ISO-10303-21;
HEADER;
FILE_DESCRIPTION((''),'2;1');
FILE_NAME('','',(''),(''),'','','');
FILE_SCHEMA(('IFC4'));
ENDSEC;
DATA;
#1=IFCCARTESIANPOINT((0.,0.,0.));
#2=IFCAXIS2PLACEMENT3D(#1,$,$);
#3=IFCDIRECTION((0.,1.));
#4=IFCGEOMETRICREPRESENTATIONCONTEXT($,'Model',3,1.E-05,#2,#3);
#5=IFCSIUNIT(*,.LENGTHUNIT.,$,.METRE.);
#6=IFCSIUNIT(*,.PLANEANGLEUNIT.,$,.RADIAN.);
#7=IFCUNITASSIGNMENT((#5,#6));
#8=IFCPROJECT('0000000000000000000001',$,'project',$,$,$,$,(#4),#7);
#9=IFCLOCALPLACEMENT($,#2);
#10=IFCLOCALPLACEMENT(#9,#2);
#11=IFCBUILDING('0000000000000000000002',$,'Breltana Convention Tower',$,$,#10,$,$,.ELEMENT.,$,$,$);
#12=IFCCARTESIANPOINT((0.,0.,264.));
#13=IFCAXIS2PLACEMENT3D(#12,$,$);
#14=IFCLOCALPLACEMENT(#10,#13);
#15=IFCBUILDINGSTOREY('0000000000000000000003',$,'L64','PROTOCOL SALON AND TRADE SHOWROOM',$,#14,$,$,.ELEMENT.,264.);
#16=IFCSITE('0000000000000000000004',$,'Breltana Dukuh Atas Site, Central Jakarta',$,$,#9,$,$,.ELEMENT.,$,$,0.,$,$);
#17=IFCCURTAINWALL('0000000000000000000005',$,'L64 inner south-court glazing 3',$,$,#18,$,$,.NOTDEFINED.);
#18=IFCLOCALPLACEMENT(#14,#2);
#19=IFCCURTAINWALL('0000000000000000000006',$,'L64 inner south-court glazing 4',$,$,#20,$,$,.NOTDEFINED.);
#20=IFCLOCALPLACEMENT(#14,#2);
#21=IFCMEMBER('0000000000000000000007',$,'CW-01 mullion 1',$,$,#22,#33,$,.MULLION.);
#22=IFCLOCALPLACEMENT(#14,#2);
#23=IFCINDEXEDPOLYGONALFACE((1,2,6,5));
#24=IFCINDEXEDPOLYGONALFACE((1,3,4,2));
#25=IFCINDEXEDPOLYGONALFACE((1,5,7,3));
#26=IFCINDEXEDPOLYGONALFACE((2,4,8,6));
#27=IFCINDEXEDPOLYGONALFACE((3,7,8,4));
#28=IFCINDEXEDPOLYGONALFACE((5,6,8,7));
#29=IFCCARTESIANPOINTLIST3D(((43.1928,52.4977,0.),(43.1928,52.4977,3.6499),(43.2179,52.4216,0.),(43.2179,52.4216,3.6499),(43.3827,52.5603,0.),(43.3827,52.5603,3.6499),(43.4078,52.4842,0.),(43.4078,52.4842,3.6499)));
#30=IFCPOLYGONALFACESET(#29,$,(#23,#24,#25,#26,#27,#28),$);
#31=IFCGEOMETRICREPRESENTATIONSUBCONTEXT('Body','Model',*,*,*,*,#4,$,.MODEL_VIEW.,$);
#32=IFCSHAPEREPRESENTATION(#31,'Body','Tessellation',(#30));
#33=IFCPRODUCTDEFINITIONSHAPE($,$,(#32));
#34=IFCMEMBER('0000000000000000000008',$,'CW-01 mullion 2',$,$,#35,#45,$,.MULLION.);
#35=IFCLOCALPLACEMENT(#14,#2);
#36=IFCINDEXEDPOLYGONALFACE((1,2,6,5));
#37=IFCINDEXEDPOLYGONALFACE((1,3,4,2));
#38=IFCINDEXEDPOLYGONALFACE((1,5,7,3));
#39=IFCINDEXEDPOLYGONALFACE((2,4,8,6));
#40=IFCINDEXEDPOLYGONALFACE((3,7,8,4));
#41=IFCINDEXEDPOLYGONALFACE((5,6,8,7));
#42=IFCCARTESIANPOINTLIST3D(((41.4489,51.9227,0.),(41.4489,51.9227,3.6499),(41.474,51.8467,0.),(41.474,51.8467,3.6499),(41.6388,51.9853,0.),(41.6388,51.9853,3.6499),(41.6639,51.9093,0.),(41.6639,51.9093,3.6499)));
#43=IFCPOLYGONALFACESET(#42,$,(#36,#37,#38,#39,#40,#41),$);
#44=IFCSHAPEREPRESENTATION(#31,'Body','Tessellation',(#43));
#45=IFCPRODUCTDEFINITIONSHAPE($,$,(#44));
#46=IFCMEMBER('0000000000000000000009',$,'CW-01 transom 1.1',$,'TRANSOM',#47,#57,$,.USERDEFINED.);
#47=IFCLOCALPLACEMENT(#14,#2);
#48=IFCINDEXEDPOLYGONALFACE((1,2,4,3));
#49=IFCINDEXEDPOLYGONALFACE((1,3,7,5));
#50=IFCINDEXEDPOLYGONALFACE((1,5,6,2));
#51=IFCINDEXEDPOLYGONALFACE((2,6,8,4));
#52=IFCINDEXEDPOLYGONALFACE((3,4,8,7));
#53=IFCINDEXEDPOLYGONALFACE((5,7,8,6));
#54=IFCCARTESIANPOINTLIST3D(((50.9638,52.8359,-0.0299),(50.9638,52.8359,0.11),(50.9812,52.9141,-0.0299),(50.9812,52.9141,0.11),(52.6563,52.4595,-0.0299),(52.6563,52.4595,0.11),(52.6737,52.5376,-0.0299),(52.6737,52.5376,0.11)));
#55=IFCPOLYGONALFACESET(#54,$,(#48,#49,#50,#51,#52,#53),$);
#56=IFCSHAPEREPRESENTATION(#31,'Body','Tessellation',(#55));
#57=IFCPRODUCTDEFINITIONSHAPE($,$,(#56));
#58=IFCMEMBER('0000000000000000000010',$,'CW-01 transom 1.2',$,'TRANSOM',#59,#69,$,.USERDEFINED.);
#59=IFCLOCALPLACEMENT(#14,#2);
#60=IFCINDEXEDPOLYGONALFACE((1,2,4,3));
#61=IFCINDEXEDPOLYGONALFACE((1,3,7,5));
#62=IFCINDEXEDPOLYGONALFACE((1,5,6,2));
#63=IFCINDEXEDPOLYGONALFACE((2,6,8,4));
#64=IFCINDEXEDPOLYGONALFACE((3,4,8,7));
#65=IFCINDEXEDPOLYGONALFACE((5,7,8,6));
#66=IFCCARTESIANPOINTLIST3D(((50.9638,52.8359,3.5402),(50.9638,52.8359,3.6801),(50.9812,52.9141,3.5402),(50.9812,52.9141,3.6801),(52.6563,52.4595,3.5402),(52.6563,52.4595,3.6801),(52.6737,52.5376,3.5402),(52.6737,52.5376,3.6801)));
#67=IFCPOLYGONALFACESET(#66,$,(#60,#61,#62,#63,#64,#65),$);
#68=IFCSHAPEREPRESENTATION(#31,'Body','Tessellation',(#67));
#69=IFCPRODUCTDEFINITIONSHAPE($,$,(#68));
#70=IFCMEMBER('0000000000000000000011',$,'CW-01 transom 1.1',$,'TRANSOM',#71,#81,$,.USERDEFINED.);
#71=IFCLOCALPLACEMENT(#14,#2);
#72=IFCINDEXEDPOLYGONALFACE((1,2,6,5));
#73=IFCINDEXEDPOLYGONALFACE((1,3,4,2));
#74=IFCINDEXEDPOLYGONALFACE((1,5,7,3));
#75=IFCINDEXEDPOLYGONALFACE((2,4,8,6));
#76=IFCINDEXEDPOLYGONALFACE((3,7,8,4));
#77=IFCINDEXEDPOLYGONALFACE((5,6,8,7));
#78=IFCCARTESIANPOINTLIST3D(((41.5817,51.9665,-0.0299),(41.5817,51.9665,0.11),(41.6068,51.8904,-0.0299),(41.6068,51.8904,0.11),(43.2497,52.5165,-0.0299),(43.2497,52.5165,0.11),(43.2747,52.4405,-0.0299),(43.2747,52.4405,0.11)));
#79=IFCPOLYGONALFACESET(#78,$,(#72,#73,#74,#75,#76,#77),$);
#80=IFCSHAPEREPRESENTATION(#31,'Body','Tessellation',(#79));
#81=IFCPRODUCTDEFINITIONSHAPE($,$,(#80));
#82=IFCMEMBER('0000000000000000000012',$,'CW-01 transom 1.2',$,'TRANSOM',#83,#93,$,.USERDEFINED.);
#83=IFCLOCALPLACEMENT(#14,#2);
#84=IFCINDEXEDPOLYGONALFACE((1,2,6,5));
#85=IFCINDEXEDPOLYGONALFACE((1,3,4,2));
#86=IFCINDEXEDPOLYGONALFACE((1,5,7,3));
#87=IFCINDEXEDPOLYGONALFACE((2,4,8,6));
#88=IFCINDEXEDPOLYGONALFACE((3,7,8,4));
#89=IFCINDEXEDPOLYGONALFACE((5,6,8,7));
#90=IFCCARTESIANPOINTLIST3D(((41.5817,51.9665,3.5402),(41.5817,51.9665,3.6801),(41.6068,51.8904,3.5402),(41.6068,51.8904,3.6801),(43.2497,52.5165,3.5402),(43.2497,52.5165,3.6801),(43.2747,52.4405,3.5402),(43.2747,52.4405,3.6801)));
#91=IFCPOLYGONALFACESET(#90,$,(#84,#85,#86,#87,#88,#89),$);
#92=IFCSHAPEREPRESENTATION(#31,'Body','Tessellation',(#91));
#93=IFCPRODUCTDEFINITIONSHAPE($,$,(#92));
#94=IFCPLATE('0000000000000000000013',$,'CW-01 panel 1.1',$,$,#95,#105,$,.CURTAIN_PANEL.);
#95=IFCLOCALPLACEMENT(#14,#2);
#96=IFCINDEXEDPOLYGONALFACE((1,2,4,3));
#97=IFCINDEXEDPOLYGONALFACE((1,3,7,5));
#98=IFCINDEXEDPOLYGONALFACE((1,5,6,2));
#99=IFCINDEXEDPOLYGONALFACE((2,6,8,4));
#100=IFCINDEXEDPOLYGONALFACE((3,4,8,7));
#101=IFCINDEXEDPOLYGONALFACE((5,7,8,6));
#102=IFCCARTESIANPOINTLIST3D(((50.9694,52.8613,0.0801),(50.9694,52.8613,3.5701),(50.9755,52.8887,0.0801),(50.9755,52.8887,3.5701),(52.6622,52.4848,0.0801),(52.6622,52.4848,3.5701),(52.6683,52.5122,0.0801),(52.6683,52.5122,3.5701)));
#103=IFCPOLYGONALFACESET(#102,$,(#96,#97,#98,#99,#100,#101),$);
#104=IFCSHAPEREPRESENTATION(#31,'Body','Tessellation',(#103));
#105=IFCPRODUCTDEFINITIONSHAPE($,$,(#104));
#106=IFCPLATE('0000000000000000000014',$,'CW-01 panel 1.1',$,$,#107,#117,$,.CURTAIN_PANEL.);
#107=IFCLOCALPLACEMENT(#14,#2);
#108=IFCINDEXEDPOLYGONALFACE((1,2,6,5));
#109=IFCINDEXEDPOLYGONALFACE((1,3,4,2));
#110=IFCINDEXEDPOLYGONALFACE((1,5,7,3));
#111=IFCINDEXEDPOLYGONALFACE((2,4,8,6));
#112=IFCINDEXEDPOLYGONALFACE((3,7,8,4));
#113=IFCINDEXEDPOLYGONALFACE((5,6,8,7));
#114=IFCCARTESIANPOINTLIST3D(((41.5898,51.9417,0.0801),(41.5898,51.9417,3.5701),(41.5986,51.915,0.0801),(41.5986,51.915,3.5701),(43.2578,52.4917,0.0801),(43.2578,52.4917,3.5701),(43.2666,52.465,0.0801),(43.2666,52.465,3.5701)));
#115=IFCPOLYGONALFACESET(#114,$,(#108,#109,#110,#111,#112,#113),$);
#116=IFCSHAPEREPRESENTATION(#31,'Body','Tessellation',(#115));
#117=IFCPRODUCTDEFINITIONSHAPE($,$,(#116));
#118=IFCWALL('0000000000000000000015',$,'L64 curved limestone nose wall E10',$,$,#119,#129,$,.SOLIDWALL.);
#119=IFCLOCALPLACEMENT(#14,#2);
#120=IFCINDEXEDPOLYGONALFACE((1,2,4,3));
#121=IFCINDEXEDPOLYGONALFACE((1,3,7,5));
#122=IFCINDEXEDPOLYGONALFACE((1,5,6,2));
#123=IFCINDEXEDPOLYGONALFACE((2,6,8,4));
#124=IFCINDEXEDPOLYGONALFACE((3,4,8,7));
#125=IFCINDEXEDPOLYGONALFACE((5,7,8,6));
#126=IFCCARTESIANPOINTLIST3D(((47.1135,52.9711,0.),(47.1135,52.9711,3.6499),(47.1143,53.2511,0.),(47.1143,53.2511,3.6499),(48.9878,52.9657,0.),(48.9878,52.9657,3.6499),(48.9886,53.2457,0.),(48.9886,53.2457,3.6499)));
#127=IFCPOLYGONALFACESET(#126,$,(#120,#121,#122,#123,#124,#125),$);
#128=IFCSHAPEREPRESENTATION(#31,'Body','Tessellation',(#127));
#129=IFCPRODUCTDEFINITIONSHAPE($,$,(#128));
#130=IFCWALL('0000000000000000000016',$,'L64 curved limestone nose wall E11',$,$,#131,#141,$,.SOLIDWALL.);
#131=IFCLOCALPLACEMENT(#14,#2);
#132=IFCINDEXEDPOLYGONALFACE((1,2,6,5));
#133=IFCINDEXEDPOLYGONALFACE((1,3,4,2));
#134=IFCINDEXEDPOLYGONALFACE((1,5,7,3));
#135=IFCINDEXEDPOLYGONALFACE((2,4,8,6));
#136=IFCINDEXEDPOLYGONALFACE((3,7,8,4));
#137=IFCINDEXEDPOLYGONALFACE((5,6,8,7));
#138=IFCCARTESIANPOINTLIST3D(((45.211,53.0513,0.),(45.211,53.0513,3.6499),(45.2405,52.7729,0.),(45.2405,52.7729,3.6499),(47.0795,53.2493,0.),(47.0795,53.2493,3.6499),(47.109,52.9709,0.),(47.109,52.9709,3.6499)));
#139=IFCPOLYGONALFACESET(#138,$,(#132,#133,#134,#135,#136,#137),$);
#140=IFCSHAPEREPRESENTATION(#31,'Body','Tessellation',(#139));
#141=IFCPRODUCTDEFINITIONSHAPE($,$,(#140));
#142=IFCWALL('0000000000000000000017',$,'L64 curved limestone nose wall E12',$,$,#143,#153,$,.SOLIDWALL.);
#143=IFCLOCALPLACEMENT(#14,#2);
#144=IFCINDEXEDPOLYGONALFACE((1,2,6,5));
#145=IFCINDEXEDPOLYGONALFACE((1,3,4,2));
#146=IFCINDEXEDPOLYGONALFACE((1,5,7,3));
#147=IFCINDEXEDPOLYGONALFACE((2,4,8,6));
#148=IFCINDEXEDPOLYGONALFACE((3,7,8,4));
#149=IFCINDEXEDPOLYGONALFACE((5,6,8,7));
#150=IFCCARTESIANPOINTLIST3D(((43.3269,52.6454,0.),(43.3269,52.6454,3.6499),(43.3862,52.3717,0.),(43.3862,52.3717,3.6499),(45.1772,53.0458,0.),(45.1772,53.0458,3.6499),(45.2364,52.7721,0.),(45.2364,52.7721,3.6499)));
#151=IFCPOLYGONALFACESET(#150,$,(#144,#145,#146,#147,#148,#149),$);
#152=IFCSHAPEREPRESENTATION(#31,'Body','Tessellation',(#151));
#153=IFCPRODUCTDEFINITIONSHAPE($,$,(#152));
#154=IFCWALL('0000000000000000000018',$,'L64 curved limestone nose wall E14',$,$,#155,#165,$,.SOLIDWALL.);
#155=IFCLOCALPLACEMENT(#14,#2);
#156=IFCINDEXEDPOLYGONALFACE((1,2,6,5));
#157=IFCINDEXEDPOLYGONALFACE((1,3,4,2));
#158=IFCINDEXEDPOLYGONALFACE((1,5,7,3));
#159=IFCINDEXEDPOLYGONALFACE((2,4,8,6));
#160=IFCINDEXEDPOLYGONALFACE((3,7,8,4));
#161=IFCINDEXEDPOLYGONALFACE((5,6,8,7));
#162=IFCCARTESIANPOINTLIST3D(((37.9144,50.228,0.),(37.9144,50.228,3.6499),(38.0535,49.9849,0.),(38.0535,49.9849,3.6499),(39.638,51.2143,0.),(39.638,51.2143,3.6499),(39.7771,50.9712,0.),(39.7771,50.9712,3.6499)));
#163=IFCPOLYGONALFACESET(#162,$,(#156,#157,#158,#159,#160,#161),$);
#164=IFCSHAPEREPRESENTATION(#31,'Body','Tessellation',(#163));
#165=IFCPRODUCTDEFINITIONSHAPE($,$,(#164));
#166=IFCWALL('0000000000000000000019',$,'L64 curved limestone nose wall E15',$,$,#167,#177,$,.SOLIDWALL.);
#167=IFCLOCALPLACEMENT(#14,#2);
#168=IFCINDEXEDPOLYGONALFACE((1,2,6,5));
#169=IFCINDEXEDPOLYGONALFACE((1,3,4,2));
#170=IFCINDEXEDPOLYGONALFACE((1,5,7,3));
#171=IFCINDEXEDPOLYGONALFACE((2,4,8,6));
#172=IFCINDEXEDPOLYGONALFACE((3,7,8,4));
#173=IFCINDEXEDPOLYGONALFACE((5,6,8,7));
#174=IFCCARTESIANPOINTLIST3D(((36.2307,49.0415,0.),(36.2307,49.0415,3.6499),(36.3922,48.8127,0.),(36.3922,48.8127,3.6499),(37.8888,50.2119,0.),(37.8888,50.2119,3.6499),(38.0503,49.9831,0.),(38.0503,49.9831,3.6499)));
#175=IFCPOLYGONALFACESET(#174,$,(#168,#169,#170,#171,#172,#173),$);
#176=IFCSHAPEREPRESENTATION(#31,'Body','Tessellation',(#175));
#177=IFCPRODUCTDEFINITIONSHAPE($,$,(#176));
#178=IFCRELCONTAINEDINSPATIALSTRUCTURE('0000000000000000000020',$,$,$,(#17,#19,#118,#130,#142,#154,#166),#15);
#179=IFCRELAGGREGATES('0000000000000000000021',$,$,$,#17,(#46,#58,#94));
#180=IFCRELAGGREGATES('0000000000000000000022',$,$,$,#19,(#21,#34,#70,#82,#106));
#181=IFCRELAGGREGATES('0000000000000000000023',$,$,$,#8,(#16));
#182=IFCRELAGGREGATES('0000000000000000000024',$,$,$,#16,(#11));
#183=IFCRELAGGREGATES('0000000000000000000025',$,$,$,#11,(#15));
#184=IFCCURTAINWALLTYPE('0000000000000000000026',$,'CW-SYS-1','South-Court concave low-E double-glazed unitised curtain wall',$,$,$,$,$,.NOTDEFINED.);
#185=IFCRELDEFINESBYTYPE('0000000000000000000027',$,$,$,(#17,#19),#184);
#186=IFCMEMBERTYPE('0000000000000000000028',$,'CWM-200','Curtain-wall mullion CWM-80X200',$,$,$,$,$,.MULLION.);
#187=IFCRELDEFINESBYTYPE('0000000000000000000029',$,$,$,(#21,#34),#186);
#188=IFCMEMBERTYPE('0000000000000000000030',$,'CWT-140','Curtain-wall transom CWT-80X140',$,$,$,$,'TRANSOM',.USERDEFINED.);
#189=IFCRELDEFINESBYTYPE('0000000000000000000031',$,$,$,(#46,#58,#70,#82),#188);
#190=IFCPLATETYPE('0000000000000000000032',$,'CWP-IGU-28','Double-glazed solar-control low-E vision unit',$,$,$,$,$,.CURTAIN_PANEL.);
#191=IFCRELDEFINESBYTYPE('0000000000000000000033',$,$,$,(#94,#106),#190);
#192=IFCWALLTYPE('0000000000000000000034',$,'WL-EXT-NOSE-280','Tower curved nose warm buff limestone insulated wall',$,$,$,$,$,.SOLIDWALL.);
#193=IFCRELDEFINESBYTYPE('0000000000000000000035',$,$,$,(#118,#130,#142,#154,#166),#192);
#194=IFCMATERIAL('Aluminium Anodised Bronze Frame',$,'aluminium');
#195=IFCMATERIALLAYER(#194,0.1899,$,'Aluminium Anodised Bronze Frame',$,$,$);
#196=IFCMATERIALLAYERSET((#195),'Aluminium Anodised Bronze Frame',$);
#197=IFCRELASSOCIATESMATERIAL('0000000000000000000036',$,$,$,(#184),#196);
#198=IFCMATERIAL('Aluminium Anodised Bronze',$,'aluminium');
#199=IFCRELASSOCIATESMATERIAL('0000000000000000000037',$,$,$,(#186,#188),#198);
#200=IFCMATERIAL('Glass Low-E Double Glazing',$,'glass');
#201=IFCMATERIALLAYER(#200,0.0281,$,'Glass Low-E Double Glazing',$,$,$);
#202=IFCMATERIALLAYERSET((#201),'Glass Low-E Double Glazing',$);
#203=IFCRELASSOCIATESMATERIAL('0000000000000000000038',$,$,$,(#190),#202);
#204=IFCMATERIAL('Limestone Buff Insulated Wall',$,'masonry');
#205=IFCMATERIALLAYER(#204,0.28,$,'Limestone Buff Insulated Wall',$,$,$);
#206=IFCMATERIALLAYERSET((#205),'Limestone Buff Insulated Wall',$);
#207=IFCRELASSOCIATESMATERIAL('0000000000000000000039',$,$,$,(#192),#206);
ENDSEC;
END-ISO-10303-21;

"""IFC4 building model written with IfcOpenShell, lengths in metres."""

from ifc_helpers import new_model, si_unit, direction, frame, frame_2d, origin, origin_2d, place, context, subcontext, project, spatial, rectangle, extrude, source, transform, mapped, material, layer, layer_set, material_profile, profile_set, type_object, element, aggregate, save


model = new_model("IFC4")

# Units and contexts
model_context = context("Model", 3, precision=1e-05, world=origin(), true_north=direction((0.0, 1.0)))
body_context = subcontext(model_context, "Body", "Model", "MODEL_VIEW")
ifc_project = project(units=[si_unit("LENGTHUNIT", "METRE"), si_unit("PLANEANGLEUNIT", "RADIAN")], contexts=[model_context])

# Site, building, storey
site_placement = place(None, origin())
site = spatial("IfcSite", under=ifc_project, at=site_placement, Name="Breltana Dukuh Atas Site, Central Jakarta", CompositionType="ELEMENT", RefElevation=0.0)
building_placement = place(site_placement, origin())
building = spatial("IfcBuilding", under=site, at=building_placement, Name="Breltana Convention Tower", CompositionType="ELEMENT")
storey_placement = place(building_placement, frame((0.0, 0.0, 264.0)))
storey = spatial("IfcBuildingStorey", under=building, at=storey_placement, Name="L64", Description="PROTOCOL SALON AND TRADE SHOWROOM", CompositionType="ELEMENT", Elevation=264.0)

# Curtain walls, members
ifc_material_1 = material(Name="Aluminium Anodised Bronze Frame", Category="aluminium")
ifc_layer_1 = layer(ifc_material_1, 0.1899, Name="Aluminium Anodised Bronze Frame")
ifc_layer_set_1 = layer_set([ifc_layer_1], Name="Aluminium Anodised Bronze Frame")
curtain_wall_type = type_object("IfcCurtainWallType", Name="CW-SYS-1", Description="South-Court concave low-E double-glazed unitised curtain wall", PredefinedType="NOTDEFINED", material=ifc_layer_set_1)
curtain_wall_1_placement = place(storey_placement, origin())
curtain_wall_1 = element("IfcCurtainWall", 1, at=curtain_wall_1_placement, inside=storey, type_object=curtain_wall_type, Name="L64 inner south-court glazing 3", PredefinedType="NOTDEFINED")
ifc_material_2 = material(Name="Aluminium Anodised Bronze", Category="aluminium")
ifc_material_profile_1 = material_profile(ifc_material_2, rectangle(XDim=0.0801, YDim=0.2, at=origin_2d()), Name="CWM-80X200")
ifc_profile_set_1 = profile_set([ifc_material_profile_1], Name="Aluminium Anodised Bronze")
member_type_1 = type_object("IfcMemberType", Name="CWM-200", Description="Curtain-wall mullion CWM-80X200", PredefinedType="MULLION", material=ifc_profile_set_1)
shared_shape_1 = source(origin(), body_context, "Body", "SweptSolid", [
    extrude(rectangle(XDim=0.0801, YDim=0.2, at=origin_2d()), origin(), (0.0, 0.0, 1.0), 3.6499),
])
curtain_wall_2_placement = place(storey_placement, origin())
curtain_wall_2 = element("IfcCurtainWall", 2, at=curtain_wall_2_placement, inside=storey, type_object=curtain_wall_type, Name="L64 inner south-court glazing 4", PredefinedType="NOTDEFINED")
member_1_placement = place(storey_placement, frame((43.3003, 52.491, 0.0), z_axis=(0.0, 0.0, 1.0), x_axis=(0.313158, -0.949701, 0.0)))
member_1 = element("IfcMember", 3, at=member_1_placement, type_object=member_type_1, Name="CW-01 mullion 1", PredefinedType="MULLION", context=body_context, shape_type="MappedRepresentation", body=[
    mapped(shared_shape_1, transform((0.0, 0.0, 0.0), scale=1.0)),
])
member_2_placement = place(storey_placement, frame((41.5564, 51.916, 0.0), z_axis=(0.0, 0.0, 1.0), x_axis=(0.313158, -0.949701, 0.0)))
member_2 = element("IfcMember", 4, at=member_2_placement, type_object=member_type_1, Name="CW-01 mullion 2", PredefinedType="MULLION", context=body_context, shape_type="MappedRepresentation", body=[
    mapped(shared_shape_1, transform((0.0, 0.0, 0.0), scale=1.0)),
])

# Members
ifc_material_profile_2 = material_profile(ifc_material_2, rectangle(XDim=0.0801, YDim=0.1399, at=origin_2d()), Name="CWT-80X140")
ifc_profile_set_2 = profile_set([ifc_material_profile_2], Name="Aluminium Anodised Bronze")
member_type_2 = type_object("IfcMemberType", Name="CWT-140", Description="Curtain-wall transom CWT-80X140", ElementType="TRANSOM", PredefinedType="USERDEFINED", material=ifc_profile_set_2)
shared_shape_2 = source(origin(), body_context, "Body", "SweptSolid", [
    extrude(rectangle(XDim=0.0801, YDim=0.1399, at=origin_2d()), origin(), (0.0, 0.0, 1.0), 1.7339),
])
member_3_placement = place(storey_placement, frame((52.665, 52.4985, 0.04), z_axis=(-0.976147, 0.217109, 0.0), x_axis=(-0.217109, -0.976147, 0.0)))
member_3 = element("IfcMember", 5, at=member_3_placement, type_object=member_type_2, Name="CW-01 transom 1.1", ObjectType="TRANSOM", PredefinedType="USERDEFINED", context=body_context, shape_type="MappedRepresentation", body=[
    mapped(shared_shape_2, transform((0.0, 0.0, 0.0), scale=1.0)),
])
member_4_placement = place(storey_placement, frame((52.665, 52.4985, 3.6101), z_axis=(-0.976147, 0.217109, 0.0), x_axis=(-0.217109, -0.976147, 0.0)))
member_4 = element("IfcMember", 6, at=member_4_placement, type_object=member_type_2, Name="CW-01 transom 1.2", ObjectType="TRANSOM", PredefinedType="USERDEFINED", context=body_context, shape_type="MappedRepresentation", body=[
    mapped(shared_shape_2, transform((0.0, 0.0, 0.0), scale=1.0)),
])
shared_shape_3 = source(origin(), body_context, "Body", "SweptSolid", [
    extrude(rectangle(XDim=0.0801, YDim=0.1399, at=origin_2d()), origin(), (0.0, 0.0, 1.0), 1.7563),
])
member_5_placement = place(storey_placement, frame((43.2622, 52.4785, 0.04), z_axis=(-0.949693, -0.313182, 0.0), x_axis=(0.313182, -0.949693, 0.0)))
member_5 = element("IfcMember", 7, at=member_5_placement, type_object=member_type_2, Name="CW-01 transom 1.1", ObjectType="TRANSOM", PredefinedType="USERDEFINED", context=body_context, shape_type="MappedRepresentation", body=[
    mapped(shared_shape_3, transform((0.0, 0.0, 0.0), scale=1.0)),
])
member_6_placement = place(storey_placement, frame((43.2622, 52.4785, 3.6101), z_axis=(-0.949693, -0.313182, 0.0), x_axis=(0.313182, -0.949693, 0.0)))
member_6 = element("IfcMember", 8, at=member_6_placement, type_object=member_type_2, Name="CW-01 transom 1.2", ObjectType="TRANSOM", PredefinedType="USERDEFINED", context=body_context, shape_type="MappedRepresentation", body=[
    mapped(shared_shape_3, transform((0.0, 0.0, 0.0), scale=1.0)),
])

# Plates
ifc_material_3 = material(Name="Glass Low-E Double Glazing", Category="glass")
ifc_layer_2 = layer(ifc_material_3, 0.0281, Name="Glass Low-E Double Glazing")
ifc_layer_set_2 = layer_set([ifc_layer_2], Name="Glass Low-E Double Glazing")
plate_type = type_object("IfcPlateType", Name="CWP-IGU-28", Description="Double-glazed solar-control low-E vision unit", PredefinedType="CURTAIN_PANEL", material=ifc_layer_set_2)
shared_shape_4 = source(origin(), body_context, "Body", "SweptSolid", [
    extrude(rectangle(XDim=1.7341, YDim=0.0281, at=origin_2d()), origin(), (0.0, 0.0, 1.0), 3.49),
])
plate_1_placement = place(storey_placement, frame((51.8188, 52.6868, 0.0801), z_axis=(0.0, 0.0, 1.0), x_axis=(-0.97615, 0.217098, 0.0)))
plate_1 = element("IfcPlate", 9, at=plate_1_placement, type_object=plate_type, Name="CW-01 panel 1.1", PredefinedType="CURTAIN_PANEL", context=body_context, shape_type="MappedRepresentation", body=[
    mapped(shared_shape_4, transform((0.0, 0.0, 0.0), scale=1.0)),
])
aggregate(curtain_wall_1, [member_3, member_4, plate_1])
shared_shape_5 = source(origin(), body_context, "Body", "SweptSolid", [
    extrude(rectangle(XDim=1.7563, YDim=0.0281, at=origin_2d()), origin(), (0.0, 0.0, 1.0), 3.49),
])
plate_2_placement = place(storey_placement, frame((42.4282, 52.2034, 0.0801), z_axis=(0.0, 0.0, 1.0), x_axis=(-0.949701, -0.313158, 0.0)))
plate_2 = element("IfcPlate", 10, at=plate_2_placement, type_object=plate_type, Name="CW-01 panel 1.1", PredefinedType="CURTAIN_PANEL", context=body_context, shape_type="MappedRepresentation", body=[
    mapped(shared_shape_5, transform((0.0, 0.0, 0.0), scale=1.0)),
])
aggregate(curtain_wall_2, [member_1, member_2, member_5, member_6, plate_2])

# Walls
ifc_material_4 = material(Name="Limestone Buff Insulated Wall", Category="masonry")
ifc_layer_3 = layer(ifc_material_4, 0.28, Name="Limestone Buff Insulated Wall")
ifc_layer_set_3 = layer_set([ifc_layer_3], Name="Limestone Buff Insulated Wall")
wall_type_1 = type_object("IfcWallType", Name="WL-EXT-NOSE-280", Description="Tower curved nose warm buff limestone insulated wall", PredefinedType="SOLIDWALL", material=ifc_layer_set_3)
shared_shape_6 = source(origin(), body_context, "Body", "SweptSolid", [
    extrude(rectangle(XDim=1.8743, YDim=0.28, at=frame_2d((0.937, 0.0))), origin(), (0.0, 0.0, 1.0), 3.6499),
])
wall_1_placement = place(storey_placement, frame((48.988, 53.1057, 0.0), z_axis=(0.0, 0.0, 1.0), x_axis=(-0.999996, 0.002866, 0.0)))
element("IfcWall", 11, at=wall_1_placement, inside=storey, type_object=wall_type_1, Name="L64 curved limestone nose wall E10", PredefinedType="SOLIDWALL", context=body_context, shape_type="MappedRepresentation", body=[
    mapped(shared_shape_6, transform((0.0, 0.0, 0.0), scale=1.0)),
])
shared_shape_7 = source(origin(), body_context, "Body", "SweptSolid", [
    extrude(rectangle(XDim=1.8789, YDim=0.28, at=frame_2d((0.9395, 0.0))), origin(), (0.0, 0.0, 1.0), 3.6499),
])
wall_2_placement = place(storey_placement, frame((47.0942, 53.1101, 0.0), z_axis=(0.0, 0.0, 1.0), x_axis=(-0.994432, -0.105381, 0.0)))
element("IfcWall", 12, at=wall_2_placement, inside=storey, type_object=wall_type_1, Name="L64 curved limestone nose wall E11", PredefinedType="SOLIDWALL", context=body_context, shape_type="MappedRepresentation", body=[
    mapped(shared_shape_7, transform((0.0, 0.0, 0.0), scale=1.0)),
])
shared_shape_8 = source(origin(), body_context, "Body", "SweptSolid", [
    extrude(rectangle(XDim=1.8931, YDim=0.28, at=frame_2d((0.9465, 0.0))), origin(), (0.0, 0.0, 1.0), 3.6499),
])
wall_3_placement = place(storey_placement, frame((45.2068, 52.9089, 0.0), z_axis=(0.0, 0.0, 1.0), x_axis=(-0.97738, -0.211493, 0.0)))
element("IfcWall", 13, at=wall_3_placement, inside=storey, type_object=wall_type_1, Name="L64 curved limestone nose wall E12", PredefinedType="SOLIDWALL", context=body_context, shape_type="MappedRepresentation", body=[
    mapped(shared_shape_8, transform((0.0, 0.0, 0.0), scale=1.0)),
])
shared_shape_9 = source(origin(), body_context, "Body", "SweptSolid", [
    extrude(rectangle(XDim=1.9858, YDim=0.28, at=frame_2d((0.9929, 0.0))), origin(), (0.0, 0.0, 1.0), 3.6499),
])
wall_4_placement = place(storey_placement, frame((39.7075, 51.0928, 0.0), z_axis=(0.0, 0.0, 1.0), x_axis=(-0.86794, -0.496668, 0.0)))
element("IfcWall", 14, at=wall_4_placement, inside=storey, type_object=wall_type_1, Name="L64 curved limestone nose wall E14", PredefinedType="SOLIDWALL", context=body_context, shape_type="MappedRepresentation", body=[
    mapped(shared_shape_9, transform((0.0, 0.0, 0.0), scale=1.0)),
])
shared_shape_10 = source(origin(), body_context, "Body", "SweptSolid", [
    extrude(rectangle(XDim=2.0295, YDim=0.28, at=frame_2d((1.0146, 0.0))), origin(), (0.0, 0.0, 1.0), 3.6499),
])
wall_5_placement = place(storey_placement, frame((37.9695, 50.0974, 0.0), z_axis=(0.0, 0.0, 1.0), x_axis=(-0.816988, -0.576655, 0.0)))
element("IfcWall", 15, at=wall_5_placement, inside=storey, type_object=wall_type_1, Name="L64 curved limestone nose wall E15", PredefinedType="SOLIDWALL", context=body_context, shape_type="MappedRepresentation", body=[
    mapped(shared_shape_10, transform((0.0, 0.0, 0.0), scale=1.0)),
])

save(model, "model.ifc")
